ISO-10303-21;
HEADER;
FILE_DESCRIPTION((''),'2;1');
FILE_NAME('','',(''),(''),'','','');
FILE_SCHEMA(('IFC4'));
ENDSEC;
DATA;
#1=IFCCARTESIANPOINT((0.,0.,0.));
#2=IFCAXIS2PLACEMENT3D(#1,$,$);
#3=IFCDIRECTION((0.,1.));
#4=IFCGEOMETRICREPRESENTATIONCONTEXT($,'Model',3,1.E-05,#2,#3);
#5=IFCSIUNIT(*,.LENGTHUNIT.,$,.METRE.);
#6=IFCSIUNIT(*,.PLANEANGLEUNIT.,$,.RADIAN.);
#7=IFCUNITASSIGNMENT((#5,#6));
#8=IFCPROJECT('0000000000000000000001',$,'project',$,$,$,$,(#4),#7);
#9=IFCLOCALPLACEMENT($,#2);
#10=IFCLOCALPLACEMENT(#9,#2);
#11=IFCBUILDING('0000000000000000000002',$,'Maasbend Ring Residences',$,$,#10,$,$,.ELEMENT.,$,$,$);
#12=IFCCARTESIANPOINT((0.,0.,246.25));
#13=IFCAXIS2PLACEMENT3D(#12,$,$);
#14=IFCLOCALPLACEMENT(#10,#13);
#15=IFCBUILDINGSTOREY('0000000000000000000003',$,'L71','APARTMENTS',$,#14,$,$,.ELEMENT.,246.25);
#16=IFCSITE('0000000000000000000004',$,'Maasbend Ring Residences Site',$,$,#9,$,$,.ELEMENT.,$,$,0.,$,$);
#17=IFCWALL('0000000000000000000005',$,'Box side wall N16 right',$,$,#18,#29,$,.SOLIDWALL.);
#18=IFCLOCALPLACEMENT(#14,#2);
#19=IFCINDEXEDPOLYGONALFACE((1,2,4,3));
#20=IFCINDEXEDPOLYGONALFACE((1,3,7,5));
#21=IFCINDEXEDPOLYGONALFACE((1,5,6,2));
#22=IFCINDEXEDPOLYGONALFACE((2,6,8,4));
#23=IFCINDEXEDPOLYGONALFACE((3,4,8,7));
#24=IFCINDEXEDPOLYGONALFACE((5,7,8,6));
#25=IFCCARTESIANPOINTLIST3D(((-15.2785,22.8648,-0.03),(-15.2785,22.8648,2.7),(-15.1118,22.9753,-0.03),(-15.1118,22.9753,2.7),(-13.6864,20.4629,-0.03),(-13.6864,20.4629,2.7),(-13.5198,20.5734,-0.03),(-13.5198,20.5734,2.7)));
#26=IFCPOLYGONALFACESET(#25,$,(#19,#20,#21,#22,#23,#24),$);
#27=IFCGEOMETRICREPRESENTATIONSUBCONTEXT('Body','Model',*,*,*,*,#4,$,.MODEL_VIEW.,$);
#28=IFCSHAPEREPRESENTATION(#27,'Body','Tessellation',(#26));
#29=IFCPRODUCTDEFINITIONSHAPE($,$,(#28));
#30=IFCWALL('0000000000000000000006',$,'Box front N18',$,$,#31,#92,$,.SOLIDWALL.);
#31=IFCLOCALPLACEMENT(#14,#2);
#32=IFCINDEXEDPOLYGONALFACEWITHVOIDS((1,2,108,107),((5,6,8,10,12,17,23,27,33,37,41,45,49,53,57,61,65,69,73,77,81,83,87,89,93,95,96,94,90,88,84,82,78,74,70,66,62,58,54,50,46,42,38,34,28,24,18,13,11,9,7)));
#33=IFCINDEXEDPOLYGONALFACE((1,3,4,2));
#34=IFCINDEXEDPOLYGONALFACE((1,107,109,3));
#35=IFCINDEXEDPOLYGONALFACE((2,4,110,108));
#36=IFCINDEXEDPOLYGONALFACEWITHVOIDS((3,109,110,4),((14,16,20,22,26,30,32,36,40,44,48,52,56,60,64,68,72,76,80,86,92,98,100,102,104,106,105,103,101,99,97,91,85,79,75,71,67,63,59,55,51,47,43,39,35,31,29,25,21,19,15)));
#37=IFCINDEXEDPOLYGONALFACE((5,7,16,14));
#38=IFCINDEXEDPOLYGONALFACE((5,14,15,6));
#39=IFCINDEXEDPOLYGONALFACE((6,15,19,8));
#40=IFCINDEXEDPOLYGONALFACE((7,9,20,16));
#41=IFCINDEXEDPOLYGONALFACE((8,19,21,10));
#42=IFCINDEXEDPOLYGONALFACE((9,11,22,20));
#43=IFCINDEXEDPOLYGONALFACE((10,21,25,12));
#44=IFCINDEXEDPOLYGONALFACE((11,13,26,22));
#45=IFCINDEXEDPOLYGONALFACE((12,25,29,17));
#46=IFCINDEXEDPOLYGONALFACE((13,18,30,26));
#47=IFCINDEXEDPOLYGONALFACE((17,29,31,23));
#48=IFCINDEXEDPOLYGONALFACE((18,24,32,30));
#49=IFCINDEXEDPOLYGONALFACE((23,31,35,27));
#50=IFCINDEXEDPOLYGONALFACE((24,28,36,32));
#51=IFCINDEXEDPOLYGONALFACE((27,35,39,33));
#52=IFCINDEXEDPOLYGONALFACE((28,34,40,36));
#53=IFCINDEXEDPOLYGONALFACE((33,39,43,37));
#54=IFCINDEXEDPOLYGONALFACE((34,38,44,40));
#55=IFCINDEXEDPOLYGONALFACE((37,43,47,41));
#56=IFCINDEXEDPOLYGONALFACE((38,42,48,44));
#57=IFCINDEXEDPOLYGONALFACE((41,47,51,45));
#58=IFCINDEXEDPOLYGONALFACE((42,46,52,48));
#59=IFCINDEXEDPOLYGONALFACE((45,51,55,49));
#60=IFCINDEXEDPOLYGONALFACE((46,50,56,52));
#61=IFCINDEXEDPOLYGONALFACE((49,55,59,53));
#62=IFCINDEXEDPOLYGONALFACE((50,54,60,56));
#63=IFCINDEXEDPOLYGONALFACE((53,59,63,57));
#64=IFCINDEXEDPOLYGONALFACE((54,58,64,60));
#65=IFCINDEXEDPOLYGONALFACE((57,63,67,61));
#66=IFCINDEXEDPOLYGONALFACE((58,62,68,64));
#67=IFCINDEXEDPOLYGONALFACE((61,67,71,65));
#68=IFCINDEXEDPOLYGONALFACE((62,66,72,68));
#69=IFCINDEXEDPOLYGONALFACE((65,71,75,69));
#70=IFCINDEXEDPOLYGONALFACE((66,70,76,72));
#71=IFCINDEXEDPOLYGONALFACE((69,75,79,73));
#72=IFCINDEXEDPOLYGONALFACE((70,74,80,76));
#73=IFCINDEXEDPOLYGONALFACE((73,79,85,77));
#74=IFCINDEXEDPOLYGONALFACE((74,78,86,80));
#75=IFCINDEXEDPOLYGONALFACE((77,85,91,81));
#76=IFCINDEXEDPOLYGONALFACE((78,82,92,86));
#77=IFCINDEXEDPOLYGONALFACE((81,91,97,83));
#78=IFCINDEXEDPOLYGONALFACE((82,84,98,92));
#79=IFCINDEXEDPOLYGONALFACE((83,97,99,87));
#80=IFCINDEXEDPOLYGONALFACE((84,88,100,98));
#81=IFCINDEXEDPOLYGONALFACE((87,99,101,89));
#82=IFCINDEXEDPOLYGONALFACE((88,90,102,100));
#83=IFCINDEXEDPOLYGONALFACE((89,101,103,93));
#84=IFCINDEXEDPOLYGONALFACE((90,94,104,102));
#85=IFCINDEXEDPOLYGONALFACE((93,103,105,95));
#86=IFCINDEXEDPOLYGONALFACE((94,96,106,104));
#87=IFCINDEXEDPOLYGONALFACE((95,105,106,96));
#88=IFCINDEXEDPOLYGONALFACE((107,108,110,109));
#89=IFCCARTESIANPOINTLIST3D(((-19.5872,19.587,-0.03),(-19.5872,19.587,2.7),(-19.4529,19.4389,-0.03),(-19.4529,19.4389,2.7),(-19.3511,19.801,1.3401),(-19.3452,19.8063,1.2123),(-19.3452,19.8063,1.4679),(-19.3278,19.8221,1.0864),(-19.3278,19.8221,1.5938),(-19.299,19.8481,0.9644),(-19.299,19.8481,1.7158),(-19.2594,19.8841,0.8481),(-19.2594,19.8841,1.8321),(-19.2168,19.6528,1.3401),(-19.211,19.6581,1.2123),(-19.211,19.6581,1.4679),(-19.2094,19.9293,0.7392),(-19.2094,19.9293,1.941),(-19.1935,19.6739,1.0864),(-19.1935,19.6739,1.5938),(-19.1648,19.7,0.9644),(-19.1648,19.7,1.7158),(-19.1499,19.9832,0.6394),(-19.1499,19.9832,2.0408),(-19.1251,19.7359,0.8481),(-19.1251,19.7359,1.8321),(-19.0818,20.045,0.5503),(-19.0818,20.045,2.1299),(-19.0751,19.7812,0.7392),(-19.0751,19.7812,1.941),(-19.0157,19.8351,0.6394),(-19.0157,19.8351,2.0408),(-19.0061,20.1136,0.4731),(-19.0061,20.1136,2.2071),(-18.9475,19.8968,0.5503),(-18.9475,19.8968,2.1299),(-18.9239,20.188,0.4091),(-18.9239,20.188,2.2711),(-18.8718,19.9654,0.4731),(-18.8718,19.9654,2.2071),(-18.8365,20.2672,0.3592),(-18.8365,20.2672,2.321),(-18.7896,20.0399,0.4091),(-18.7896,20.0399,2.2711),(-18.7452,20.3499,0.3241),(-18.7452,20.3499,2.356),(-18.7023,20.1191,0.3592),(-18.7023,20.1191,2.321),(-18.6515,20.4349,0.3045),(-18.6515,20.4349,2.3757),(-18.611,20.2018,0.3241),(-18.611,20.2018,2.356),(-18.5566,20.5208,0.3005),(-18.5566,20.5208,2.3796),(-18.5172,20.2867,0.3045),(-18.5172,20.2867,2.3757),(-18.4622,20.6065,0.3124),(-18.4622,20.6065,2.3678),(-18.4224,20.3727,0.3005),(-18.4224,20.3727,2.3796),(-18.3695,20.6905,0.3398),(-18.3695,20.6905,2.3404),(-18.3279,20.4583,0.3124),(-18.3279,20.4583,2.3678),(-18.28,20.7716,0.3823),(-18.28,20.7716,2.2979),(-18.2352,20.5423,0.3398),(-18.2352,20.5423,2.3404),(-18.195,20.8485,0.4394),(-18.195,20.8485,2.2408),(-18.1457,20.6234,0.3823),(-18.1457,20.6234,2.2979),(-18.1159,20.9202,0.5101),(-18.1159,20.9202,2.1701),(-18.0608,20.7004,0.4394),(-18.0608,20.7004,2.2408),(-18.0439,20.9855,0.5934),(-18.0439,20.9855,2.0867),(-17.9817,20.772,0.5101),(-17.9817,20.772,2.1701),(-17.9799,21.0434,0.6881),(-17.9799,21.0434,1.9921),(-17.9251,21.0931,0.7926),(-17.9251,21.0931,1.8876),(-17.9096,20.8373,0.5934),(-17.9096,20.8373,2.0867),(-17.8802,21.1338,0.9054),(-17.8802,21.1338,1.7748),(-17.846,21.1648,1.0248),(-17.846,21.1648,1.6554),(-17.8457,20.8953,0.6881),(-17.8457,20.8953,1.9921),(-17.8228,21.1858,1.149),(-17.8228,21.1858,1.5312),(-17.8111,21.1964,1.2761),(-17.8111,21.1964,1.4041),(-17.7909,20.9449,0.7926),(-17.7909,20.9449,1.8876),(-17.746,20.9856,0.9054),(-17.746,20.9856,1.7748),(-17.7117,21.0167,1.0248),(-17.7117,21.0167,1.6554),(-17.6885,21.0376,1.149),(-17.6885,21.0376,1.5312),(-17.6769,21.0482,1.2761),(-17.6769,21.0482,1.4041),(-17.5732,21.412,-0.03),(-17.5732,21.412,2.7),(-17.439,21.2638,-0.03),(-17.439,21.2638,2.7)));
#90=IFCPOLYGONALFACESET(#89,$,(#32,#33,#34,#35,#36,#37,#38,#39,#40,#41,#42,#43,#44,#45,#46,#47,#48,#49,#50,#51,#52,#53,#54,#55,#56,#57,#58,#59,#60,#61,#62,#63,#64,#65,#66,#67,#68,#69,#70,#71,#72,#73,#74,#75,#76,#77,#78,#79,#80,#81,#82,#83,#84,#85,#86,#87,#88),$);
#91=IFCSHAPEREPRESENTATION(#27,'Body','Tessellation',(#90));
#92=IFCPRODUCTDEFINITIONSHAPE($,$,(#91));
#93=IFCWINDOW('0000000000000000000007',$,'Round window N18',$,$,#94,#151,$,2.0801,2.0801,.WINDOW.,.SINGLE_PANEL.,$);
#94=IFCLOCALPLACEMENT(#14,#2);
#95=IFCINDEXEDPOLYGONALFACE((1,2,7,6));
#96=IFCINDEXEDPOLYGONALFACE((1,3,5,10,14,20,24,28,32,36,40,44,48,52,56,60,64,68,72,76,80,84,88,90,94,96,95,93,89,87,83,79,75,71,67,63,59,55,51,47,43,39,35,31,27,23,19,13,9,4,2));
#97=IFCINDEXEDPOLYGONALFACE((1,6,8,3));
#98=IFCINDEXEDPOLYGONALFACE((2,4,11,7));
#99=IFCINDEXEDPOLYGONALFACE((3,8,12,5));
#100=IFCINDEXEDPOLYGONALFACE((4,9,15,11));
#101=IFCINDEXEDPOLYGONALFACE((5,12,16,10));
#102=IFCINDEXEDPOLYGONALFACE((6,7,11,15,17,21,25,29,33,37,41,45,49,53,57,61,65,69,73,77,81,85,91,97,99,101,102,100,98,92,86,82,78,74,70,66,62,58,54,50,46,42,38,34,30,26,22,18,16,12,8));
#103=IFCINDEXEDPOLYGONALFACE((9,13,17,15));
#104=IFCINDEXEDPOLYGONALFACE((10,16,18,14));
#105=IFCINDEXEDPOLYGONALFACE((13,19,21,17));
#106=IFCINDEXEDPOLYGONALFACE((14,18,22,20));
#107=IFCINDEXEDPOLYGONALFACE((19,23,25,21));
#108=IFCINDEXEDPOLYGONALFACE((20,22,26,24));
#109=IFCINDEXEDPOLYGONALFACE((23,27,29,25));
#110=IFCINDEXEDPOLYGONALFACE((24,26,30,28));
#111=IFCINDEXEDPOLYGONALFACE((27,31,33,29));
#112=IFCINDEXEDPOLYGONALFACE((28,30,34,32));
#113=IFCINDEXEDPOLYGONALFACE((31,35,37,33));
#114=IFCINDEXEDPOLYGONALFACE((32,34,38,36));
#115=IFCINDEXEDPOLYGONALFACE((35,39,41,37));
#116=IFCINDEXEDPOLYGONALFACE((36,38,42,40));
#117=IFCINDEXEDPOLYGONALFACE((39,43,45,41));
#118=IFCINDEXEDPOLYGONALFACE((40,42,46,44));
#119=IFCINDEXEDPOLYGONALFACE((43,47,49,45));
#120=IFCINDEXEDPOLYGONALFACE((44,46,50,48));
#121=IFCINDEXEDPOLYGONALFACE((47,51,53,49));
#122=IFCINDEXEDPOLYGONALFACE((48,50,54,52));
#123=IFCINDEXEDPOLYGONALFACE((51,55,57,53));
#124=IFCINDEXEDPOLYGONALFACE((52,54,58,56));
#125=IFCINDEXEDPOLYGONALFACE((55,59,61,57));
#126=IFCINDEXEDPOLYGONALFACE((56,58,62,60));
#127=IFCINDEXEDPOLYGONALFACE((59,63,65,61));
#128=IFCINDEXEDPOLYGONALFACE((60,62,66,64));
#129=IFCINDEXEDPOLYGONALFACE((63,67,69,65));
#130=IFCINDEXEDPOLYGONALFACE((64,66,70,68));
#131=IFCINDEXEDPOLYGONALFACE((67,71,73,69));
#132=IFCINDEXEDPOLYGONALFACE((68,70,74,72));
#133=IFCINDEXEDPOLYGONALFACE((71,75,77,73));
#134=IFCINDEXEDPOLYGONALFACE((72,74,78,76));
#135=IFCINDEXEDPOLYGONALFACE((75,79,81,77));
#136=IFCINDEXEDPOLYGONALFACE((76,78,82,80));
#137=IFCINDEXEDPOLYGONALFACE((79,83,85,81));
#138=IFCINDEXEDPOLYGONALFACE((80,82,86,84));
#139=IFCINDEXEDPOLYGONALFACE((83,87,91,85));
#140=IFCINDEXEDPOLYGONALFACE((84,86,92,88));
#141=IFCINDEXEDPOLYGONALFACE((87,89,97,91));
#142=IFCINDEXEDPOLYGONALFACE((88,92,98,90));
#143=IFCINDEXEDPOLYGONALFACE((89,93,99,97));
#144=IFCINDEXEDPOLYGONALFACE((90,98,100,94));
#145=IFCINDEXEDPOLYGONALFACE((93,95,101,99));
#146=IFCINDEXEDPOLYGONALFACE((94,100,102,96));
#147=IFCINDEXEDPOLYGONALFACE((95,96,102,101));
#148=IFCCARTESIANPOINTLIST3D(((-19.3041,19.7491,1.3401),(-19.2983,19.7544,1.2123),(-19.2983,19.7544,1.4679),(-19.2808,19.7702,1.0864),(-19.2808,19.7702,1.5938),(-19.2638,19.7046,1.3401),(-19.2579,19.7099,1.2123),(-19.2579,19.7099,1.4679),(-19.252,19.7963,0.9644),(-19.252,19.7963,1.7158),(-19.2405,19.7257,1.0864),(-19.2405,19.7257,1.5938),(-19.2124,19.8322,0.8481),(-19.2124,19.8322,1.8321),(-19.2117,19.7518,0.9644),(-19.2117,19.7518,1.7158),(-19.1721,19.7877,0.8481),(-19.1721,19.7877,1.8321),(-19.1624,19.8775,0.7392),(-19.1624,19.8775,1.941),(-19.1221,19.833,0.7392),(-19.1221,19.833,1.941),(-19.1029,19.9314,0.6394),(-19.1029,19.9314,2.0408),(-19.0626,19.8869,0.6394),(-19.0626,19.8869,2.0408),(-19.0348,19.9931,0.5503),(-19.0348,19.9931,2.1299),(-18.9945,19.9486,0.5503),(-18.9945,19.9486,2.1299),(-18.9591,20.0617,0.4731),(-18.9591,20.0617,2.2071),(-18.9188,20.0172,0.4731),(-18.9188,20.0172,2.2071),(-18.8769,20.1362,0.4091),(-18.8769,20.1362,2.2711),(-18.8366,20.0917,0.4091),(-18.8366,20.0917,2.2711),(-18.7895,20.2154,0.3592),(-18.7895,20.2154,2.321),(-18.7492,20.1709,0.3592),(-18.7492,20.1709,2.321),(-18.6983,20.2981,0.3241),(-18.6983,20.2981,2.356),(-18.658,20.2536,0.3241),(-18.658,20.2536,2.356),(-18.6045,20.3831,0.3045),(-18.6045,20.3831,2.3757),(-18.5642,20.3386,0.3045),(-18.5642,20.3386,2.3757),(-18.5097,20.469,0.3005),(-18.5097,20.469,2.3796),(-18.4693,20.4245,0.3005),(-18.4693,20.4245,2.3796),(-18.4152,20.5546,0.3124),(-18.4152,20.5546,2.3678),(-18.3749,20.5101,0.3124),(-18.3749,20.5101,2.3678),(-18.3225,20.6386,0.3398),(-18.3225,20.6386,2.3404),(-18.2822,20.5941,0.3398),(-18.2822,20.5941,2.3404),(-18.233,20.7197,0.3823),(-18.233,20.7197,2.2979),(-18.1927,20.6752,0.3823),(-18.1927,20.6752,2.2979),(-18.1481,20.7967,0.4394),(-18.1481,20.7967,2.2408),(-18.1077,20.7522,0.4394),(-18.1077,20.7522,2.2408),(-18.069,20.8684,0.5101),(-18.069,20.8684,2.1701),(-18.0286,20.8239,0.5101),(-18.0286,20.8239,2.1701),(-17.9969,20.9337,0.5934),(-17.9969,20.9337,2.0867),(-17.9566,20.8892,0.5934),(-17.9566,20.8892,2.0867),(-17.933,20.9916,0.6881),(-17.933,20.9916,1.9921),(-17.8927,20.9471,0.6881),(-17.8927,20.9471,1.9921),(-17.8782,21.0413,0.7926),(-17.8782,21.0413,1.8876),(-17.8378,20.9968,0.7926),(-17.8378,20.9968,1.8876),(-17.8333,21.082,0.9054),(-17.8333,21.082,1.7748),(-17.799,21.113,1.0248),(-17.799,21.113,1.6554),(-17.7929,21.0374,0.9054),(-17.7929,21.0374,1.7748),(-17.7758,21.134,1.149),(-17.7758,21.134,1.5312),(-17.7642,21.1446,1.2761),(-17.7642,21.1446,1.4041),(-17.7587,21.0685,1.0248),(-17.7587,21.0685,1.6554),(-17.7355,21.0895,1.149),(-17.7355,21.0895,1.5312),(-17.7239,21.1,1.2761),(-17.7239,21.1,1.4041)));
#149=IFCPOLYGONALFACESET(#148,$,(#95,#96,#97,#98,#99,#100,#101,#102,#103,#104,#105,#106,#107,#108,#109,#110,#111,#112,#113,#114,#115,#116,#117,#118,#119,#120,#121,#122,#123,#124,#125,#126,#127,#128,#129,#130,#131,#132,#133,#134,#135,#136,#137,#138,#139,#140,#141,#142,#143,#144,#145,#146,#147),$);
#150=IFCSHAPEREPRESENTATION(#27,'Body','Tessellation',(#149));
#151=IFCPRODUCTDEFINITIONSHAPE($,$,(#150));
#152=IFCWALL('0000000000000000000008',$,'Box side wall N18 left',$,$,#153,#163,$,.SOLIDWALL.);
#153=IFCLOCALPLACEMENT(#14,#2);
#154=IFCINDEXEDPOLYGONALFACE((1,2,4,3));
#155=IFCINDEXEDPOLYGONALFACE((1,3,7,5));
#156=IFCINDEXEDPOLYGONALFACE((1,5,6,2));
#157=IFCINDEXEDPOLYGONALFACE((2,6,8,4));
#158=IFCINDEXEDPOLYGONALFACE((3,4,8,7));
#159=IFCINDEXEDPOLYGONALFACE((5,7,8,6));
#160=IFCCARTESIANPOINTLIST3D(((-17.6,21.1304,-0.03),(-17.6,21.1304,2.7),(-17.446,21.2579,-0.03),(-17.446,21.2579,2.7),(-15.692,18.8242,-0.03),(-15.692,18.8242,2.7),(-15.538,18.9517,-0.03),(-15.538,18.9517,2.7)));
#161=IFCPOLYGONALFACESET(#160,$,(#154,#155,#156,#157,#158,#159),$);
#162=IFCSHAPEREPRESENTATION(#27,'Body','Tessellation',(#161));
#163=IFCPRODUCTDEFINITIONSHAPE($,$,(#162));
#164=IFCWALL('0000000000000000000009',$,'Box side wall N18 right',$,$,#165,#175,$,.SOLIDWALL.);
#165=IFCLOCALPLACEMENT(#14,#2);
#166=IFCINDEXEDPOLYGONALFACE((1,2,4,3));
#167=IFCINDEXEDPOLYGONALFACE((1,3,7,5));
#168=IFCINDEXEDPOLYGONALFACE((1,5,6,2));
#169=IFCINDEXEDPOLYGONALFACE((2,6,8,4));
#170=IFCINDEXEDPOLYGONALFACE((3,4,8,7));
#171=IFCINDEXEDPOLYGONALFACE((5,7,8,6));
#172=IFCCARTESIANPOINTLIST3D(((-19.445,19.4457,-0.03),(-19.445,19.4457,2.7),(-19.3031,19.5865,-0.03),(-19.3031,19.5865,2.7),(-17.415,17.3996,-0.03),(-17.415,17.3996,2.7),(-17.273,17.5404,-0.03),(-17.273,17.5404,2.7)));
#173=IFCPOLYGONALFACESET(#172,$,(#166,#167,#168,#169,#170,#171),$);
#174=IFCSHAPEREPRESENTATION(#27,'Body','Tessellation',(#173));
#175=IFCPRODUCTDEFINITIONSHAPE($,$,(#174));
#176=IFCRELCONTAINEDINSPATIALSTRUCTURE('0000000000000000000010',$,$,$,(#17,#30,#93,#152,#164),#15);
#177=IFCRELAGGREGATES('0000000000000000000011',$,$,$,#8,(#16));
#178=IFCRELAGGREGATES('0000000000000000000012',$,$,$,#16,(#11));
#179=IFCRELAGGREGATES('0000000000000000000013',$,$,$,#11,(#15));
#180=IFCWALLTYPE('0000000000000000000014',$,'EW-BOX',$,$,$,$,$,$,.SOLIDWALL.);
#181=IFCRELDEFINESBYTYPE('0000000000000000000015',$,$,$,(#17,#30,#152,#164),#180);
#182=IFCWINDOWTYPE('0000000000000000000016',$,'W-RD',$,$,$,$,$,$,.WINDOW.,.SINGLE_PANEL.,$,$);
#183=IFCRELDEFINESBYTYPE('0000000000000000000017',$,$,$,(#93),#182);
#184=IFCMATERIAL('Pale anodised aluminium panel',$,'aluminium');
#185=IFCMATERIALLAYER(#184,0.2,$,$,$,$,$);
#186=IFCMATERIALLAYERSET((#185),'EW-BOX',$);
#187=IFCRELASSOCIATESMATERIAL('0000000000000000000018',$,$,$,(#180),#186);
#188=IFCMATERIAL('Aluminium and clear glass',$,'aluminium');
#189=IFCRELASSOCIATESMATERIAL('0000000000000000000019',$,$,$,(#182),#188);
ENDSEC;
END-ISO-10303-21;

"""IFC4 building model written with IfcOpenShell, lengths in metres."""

from ifc_helpers import new_model, si_unit, direction, frame, frame_2d, origin, place, context, subcontext, project, spatial, rectangle, circle, extrude, material, layer, layer_set, type_object, element, fill, save


model = new_model("IFC4")

# Units and contexts
model_context = context("Model", 3, precision=1e-05, world=origin(), true_north=direction((0.0, 1.0)))
body_context = subcontext(model_context, "Body", "Model", "MODEL_VIEW")
ifc_project = project(units=[si_unit("LENGTHUNIT", "METRE"), si_unit("PLANEANGLEUNIT", "RADIAN")], contexts=[model_context])

# Site, building, storey
site_placement = place(None, origin())
site = spatial("IfcSite", under=ifc_project, at=site_placement, Name="Maasbend Ring Residences Site", CompositionType="ELEMENT", RefElevation=0.0)
building_placement = place(site_placement, origin())
building = spatial("IfcBuilding", under=site, at=building_placement, Name="Maasbend Ring Residences", CompositionType="ELEMENT")
storey_placement = place(building_placement, frame((0.0, 0.0, 246.25)))
storey = spatial("IfcBuildingStorey", under=building, at=storey_placement, Name="L71", Description="APARTMENTS", CompositionType="ELEMENT", Elevation=246.25)

# Shared definitions
ifc_material_1 = material(Name="Pale anodised aluminium panel", Category="aluminium")
ifc_layer_1 = layer(ifc_material_1, 0.2)
ifc_layer_set_1 = layer_set([ifc_layer_1], Name="EW-BOX")
wall_type_1 = type_object("IfcWallType", Name="EW-BOX", PredefinedType="SOLIDWALL", material=ifc_layer_set_1)
ifc_material_2 = material(Name="Aluminium and clear glass", Category="aluminium")
window_type_1 = type_object("IfcWindowType", Name="W-RD", PartitioningType="SINGLE_PANEL", PredefinedType="WINDOW", material=ifc_material_2)

# Wall
wall_1_placement = place(storey_placement, frame((-13.603, 20.5181, -0.03), z_axis=(0.0, 0.0, 1.0), x_axis=(-0.552489, 0.83352, 0.0)))
element("IfcWall", 1, at=wall_1_placement, inside=storey, type_object=wall_type_1, Name="Box side wall N16 right", PredefinedType="SOLIDWALL", context=body_context, shape_type="SweptSolid", body=[
    extrude(rectangle(XDim=2.8816, YDim=0.2, at=frame_2d((1.4409, 0.0))), origin(), (0.0, 0.0, 1.0), 2.73),
])

# Wall, opening, window
wall_2_placement = place(storey_placement, frame((-17.5061, 21.3379, -0.03), z_axis=(0.0, 0.0, 1.0), x_axis=(-0.741016, -0.671487, 0.0)))
wall_2 = element("IfcWall", 2, at=wall_2_placement, inside=storey, type_object=wall_type_1, Name="Box front N18", PredefinedType="SOLIDWALL", context=body_context, shape_type="SweptSolid", body=[
    extrude(rectangle(XDim=2.7178, YDim=0.2, at=frame_2d((1.3589, 0.0))), origin(), (0.0, 0.0, 1.0), 2.73),
])
opening_1_placement = place(wall_2_placement, frame((0.3191, 0.0, 0.3301)))
opening_1 = element("IfcOpeningElement", 3, at=opening_1_placement, cuts=wall_2, PredefinedType="OPENING", context=body_context, shape_type="SweptSolid", body=[
    extrude(circle(Radius=1.04, at=frame_2d((1.04, 1.04))), frame((0.0, 0.1099, 0.0), z_axis=(0.0, -1.0, 0.0), x_axis=(1.0, 0.0, 0.0)), (0.0, 0.0, 1.0), 0.22),
])
window_1_placement = place(opening_1_placement, origin())
window_1 = element("IfcWindow", 4, at=window_1_placement, inside=storey, type_object=window_type_1, Name="Round window N18", OverallHeight=2.0801, OverallWidth=2.0801, PartitioningType="SINGLE_PANEL", PredefinedType="WINDOW", context=body_context, shape_type="SweptSolid", body=[
    extrude(circle(Radius=1.04, at=frame_2d((1.04, 1.04))), frame((0.0, 0.03, 0.0), z_axis=(0.0, -1.0, 0.0), x_axis=(1.0, 0.0, 0.0)), (0.0, 0.0, 1.0), 0.0601),
])
fill(opening_1, window_1)

# Walls
wall_3_placement = place(storey_placement, frame((-15.615, 18.8879, -0.03), z_axis=(0.0, 0.0, 1.0), x_axis=(-0.637453, 0.77049, 0.0)))
element("IfcWall", 5, at=wall_3_placement, inside=storey, type_object=wall_type_1, Name="Box side wall N18 left", PredefinedType="SOLIDWALL", context=body_context, shape_type="SweptSolid", body=[
    extrude(rectangle(XDim=2.9932, YDim=0.2, at=frame_2d((1.4966, 0.0))), origin(), (0.0, 0.0, 1.0), 2.73),
])
wall_4_placement = place(storey_placement, frame((-17.344, 17.47, -0.03), z_axis=(0.0, 0.0, 1.0), x_axis=(-0.704306, 0.709896, 0.0)))
element("IfcWall", 6, at=wall_4_placement, inside=storey, type_object=wall_type_1, Name="Box side wall N18 right", PredefinedType="SOLIDWALL", context=body_context, shape_type="SweptSolid", body=[
    extrude(rectangle(XDim=2.8823, YDim=0.2, at=frame_2d((1.4412, 0.0))), origin(), (0.0, 0.0, 1.0), 2.73),
])

save(model, "model.ifc")
